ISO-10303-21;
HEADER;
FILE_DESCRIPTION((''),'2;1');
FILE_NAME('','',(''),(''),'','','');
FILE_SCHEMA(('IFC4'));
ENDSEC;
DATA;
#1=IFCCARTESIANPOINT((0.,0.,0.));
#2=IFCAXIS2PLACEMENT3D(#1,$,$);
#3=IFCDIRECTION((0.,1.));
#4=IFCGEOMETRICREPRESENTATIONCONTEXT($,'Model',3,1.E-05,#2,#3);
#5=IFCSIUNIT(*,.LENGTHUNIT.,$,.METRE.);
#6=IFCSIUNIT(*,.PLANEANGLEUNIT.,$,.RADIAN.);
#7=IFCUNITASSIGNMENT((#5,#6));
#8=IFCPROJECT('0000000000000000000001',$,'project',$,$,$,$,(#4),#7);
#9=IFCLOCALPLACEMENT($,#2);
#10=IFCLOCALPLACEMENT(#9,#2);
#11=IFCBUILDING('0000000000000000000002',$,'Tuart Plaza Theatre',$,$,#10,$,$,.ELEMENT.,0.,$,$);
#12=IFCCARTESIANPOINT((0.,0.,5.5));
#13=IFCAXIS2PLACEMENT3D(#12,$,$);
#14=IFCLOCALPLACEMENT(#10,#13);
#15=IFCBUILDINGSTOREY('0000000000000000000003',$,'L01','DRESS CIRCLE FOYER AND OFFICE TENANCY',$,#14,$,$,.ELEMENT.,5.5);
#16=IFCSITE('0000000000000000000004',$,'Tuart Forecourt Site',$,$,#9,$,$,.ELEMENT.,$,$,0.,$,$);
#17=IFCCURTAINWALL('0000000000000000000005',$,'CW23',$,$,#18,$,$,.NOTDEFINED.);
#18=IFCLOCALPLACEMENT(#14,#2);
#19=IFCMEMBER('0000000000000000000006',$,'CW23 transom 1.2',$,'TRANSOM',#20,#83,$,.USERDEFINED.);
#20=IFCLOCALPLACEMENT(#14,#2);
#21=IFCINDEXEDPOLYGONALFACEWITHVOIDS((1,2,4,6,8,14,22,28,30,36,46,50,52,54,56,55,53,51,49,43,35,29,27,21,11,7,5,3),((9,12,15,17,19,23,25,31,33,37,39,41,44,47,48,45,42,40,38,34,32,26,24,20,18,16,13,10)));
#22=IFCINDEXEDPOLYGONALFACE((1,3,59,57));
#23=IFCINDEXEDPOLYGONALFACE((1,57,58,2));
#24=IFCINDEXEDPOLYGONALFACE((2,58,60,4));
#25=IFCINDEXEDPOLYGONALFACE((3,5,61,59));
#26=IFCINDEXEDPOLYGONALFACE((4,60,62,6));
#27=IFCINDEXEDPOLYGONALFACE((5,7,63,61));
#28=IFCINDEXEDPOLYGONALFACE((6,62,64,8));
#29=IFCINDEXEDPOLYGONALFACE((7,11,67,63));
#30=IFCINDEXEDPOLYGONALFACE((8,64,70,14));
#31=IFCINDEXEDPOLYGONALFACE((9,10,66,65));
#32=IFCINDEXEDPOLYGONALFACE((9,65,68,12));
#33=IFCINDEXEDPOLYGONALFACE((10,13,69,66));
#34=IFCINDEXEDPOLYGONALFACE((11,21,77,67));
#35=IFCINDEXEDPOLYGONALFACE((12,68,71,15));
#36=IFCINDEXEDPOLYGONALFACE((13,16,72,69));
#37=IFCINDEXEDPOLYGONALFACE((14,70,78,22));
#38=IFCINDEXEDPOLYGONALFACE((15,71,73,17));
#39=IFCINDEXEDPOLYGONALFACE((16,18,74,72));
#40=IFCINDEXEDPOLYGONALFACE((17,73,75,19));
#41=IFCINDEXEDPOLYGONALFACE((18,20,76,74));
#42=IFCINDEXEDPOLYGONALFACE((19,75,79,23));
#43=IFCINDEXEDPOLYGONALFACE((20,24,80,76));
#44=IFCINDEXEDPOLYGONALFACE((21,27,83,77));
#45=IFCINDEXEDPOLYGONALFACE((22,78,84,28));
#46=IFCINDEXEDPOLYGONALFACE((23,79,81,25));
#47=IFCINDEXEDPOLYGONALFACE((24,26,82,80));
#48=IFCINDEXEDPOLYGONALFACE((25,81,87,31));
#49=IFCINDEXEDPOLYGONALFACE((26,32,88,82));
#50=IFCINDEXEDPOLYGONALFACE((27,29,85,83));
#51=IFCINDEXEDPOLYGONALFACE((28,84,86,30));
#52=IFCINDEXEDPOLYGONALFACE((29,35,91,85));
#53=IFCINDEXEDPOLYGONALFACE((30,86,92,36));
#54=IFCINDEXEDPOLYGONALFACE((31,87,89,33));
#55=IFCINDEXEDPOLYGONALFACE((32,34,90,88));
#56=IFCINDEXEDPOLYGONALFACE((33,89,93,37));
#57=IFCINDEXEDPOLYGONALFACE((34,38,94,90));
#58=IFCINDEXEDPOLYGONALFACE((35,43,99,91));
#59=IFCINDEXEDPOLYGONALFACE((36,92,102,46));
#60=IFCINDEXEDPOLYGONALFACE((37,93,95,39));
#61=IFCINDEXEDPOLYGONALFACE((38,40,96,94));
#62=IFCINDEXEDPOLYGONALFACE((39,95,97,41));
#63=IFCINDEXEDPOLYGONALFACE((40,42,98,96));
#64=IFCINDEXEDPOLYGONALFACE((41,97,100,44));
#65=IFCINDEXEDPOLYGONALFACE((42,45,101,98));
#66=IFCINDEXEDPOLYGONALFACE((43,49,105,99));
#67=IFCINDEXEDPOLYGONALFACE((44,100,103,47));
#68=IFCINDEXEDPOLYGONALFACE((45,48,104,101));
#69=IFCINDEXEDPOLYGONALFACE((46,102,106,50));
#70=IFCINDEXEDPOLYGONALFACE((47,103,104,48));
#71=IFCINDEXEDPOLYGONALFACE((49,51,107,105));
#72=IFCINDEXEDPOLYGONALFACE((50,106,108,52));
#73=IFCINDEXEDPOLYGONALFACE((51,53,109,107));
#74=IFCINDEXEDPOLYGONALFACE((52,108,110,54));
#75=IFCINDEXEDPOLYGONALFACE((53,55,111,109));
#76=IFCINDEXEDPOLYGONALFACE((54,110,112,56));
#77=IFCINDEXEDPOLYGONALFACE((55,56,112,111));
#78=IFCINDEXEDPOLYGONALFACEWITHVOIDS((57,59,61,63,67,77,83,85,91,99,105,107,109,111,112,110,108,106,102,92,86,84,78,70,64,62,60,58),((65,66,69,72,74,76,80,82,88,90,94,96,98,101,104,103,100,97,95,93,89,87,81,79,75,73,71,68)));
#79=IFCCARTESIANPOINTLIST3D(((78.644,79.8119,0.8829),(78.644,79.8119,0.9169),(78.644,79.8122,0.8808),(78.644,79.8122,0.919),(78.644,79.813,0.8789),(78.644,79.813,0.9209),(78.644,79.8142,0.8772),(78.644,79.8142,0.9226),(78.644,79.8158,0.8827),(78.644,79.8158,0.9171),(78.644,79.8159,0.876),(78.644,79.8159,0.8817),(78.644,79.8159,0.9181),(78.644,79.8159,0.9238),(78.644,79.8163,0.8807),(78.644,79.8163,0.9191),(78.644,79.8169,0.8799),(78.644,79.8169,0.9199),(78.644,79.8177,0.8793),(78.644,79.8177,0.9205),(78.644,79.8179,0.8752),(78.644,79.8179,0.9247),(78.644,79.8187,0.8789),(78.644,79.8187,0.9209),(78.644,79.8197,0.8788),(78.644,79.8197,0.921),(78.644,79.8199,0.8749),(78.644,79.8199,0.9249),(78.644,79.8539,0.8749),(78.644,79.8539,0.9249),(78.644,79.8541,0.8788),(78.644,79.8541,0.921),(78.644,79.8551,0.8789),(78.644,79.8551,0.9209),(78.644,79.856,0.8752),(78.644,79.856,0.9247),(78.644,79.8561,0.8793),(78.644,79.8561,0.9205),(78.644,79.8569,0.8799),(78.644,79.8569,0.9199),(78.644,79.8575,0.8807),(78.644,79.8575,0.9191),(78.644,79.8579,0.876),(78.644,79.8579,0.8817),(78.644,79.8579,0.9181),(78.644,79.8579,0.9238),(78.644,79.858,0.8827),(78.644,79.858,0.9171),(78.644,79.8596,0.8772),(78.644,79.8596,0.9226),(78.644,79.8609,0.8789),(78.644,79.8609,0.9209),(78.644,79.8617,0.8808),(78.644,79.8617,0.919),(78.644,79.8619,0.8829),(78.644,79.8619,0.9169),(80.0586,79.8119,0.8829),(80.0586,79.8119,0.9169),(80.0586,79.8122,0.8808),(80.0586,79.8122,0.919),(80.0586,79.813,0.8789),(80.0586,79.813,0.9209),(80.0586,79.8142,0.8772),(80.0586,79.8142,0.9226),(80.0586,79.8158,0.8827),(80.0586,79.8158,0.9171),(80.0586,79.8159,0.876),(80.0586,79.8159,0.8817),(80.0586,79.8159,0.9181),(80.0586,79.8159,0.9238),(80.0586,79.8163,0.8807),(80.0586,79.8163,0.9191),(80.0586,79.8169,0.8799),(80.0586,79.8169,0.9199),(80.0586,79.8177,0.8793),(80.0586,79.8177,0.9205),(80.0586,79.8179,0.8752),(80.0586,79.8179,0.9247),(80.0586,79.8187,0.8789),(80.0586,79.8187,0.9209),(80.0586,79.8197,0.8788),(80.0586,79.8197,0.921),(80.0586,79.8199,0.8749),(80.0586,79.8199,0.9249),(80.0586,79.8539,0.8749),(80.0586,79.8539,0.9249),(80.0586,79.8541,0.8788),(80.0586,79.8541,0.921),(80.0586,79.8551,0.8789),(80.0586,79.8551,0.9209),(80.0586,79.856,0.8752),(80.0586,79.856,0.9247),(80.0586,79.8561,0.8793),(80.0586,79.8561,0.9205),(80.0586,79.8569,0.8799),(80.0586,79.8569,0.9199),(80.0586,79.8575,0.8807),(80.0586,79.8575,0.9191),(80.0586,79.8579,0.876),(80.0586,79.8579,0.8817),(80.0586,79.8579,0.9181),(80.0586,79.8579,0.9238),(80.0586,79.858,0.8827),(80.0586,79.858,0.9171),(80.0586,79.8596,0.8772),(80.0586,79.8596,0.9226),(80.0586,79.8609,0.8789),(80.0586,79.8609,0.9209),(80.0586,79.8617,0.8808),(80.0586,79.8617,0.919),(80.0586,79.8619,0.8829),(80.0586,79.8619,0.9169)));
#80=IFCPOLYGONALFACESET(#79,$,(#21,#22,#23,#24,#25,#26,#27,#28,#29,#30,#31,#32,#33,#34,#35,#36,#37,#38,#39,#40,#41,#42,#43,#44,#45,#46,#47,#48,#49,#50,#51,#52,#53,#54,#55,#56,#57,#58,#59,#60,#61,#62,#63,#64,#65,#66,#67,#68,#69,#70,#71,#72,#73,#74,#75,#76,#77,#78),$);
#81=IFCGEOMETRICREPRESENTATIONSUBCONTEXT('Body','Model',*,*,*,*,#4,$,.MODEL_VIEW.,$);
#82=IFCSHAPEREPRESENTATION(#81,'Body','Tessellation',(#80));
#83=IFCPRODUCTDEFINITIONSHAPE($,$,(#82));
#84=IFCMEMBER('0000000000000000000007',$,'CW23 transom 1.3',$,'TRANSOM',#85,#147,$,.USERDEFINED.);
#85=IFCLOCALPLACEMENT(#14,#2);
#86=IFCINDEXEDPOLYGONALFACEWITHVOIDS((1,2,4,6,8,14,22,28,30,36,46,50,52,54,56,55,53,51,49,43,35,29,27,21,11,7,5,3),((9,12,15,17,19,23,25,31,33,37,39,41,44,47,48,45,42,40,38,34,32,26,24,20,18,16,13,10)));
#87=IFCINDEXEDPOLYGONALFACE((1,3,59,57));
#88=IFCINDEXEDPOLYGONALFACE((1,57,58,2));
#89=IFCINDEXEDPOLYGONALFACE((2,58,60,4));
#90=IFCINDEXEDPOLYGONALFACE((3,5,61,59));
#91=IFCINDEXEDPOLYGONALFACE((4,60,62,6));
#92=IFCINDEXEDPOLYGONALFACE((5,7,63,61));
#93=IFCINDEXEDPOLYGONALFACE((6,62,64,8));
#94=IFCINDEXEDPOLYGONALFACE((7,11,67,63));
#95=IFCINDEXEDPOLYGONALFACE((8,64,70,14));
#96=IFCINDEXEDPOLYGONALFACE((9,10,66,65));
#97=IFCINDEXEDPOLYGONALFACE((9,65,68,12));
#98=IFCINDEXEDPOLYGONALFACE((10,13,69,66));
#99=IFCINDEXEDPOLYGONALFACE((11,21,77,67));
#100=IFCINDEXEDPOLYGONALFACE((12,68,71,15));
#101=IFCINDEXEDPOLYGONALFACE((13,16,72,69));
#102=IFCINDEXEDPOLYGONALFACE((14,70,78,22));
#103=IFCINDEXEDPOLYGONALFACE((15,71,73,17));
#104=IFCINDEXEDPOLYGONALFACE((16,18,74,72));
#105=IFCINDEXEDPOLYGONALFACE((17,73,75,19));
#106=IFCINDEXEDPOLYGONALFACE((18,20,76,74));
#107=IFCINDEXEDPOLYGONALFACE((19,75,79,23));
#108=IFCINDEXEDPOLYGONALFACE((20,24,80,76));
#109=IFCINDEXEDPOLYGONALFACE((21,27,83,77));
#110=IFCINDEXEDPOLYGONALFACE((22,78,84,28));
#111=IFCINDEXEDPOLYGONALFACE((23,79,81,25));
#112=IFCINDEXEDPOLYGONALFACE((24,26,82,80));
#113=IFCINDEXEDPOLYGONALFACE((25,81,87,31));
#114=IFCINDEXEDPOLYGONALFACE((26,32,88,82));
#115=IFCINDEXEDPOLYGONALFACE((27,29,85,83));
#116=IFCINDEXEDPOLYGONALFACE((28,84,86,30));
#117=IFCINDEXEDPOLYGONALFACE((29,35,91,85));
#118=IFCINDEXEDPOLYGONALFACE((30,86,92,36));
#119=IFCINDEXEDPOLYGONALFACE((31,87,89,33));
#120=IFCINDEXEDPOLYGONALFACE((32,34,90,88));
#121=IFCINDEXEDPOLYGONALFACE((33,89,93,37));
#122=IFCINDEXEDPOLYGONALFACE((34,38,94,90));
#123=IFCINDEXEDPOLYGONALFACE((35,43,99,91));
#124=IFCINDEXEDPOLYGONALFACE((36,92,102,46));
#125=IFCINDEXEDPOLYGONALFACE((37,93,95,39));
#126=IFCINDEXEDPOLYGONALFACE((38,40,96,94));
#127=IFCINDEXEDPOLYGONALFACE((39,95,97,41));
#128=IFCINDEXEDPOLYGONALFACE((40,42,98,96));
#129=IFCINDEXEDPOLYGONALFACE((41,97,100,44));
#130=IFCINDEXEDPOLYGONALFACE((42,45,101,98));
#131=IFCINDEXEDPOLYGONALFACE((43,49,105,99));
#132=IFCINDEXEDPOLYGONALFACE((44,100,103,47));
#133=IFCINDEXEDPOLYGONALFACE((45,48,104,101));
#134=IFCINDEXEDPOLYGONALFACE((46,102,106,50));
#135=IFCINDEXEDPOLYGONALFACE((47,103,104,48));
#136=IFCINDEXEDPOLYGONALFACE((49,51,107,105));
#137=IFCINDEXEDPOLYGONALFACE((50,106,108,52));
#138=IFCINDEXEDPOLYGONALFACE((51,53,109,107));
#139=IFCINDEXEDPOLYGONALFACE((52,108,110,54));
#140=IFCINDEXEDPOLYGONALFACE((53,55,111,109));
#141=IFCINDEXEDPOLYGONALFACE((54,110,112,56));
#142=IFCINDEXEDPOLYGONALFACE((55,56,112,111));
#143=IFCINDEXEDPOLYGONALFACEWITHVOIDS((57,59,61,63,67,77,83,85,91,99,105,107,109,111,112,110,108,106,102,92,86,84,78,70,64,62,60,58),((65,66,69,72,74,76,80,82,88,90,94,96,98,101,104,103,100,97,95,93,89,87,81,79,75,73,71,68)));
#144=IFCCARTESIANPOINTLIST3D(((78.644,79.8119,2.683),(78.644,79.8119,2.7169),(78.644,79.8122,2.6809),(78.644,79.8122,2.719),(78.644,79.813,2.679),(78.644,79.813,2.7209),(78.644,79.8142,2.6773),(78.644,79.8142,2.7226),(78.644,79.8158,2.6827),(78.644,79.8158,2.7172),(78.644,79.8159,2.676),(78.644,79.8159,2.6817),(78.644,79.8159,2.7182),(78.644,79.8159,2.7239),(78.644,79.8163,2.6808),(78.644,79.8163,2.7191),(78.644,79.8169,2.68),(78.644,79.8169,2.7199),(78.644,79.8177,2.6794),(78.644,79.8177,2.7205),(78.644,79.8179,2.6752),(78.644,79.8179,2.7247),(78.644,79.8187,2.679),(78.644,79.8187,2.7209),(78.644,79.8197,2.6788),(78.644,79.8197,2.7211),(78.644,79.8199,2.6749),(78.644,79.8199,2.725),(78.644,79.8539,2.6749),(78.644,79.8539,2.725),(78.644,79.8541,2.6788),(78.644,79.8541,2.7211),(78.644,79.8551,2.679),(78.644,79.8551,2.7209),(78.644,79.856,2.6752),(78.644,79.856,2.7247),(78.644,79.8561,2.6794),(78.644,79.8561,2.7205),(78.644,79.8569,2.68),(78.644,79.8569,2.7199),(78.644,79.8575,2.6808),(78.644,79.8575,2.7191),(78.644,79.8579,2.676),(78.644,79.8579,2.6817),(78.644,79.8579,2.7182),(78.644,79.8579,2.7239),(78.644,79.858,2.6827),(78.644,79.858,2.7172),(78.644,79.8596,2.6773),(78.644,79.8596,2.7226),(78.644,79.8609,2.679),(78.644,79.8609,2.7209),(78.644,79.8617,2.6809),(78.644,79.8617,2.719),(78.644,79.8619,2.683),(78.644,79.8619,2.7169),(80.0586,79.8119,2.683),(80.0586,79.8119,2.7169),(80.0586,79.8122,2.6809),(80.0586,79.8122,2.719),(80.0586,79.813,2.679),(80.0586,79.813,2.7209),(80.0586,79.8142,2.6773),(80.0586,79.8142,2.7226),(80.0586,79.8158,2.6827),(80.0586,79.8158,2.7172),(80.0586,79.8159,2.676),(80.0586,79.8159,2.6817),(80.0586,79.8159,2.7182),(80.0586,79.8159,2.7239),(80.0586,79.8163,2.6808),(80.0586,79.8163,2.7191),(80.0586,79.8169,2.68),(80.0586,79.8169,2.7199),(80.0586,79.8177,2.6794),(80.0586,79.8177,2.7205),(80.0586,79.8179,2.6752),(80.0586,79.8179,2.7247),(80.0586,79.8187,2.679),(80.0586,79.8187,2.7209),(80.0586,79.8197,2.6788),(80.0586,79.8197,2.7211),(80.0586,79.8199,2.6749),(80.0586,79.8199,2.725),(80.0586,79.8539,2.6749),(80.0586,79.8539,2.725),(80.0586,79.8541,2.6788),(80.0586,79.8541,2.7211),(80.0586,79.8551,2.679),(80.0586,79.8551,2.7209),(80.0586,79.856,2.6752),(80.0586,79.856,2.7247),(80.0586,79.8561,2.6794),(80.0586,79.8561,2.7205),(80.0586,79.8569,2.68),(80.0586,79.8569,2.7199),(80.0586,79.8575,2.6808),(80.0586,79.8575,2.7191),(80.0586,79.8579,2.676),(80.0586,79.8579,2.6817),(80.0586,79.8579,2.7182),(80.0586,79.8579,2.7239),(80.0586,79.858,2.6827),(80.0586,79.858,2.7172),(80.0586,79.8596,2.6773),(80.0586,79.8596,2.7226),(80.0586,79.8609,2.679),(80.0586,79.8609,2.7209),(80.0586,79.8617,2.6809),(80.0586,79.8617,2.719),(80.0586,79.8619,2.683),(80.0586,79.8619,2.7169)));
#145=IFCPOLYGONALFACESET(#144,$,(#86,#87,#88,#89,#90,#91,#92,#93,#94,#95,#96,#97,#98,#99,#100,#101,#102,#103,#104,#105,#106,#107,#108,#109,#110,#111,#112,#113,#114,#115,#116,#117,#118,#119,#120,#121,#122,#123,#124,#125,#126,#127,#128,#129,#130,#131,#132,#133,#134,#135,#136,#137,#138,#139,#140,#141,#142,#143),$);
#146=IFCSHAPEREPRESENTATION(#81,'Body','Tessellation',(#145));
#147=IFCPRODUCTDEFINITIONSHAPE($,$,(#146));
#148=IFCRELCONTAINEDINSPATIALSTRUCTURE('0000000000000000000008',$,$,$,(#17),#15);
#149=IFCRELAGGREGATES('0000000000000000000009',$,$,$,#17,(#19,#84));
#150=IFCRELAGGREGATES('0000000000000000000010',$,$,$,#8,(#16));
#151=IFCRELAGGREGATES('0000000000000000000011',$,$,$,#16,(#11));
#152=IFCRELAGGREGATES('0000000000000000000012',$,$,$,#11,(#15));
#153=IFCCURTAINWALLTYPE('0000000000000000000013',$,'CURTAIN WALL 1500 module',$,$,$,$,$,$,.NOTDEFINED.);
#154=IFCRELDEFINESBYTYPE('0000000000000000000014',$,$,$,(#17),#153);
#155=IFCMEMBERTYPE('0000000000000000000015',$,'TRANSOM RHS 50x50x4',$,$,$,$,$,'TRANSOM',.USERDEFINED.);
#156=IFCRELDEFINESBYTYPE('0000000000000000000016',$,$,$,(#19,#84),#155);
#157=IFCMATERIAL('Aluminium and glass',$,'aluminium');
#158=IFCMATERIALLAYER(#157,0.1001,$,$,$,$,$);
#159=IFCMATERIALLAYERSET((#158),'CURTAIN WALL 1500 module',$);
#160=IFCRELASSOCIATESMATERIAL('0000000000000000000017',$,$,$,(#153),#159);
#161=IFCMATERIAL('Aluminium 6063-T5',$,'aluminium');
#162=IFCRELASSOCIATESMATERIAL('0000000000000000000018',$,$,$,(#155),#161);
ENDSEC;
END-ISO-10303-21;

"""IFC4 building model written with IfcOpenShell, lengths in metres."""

from ifc_helpers import new_model, si_unit, direction, frame, origin, origin_2d, place, context, subcontext, project, spatial, hollow_rectangle, extrude, material, layer, layer_set, material_profile, profile_set, type_object, element, aggregate, save


model = new_model("IFC4")

# Units and contexts
model_context = context("Model", 3, precision=1e-05, world=origin(), true_north=direction((0.0, 1.0)))
body_context = subcontext(model_context, "Body", "Model", "MODEL_VIEW")
ifc_project = project(units=[si_unit("LENGTHUNIT", "METRE"), si_unit("PLANEANGLEUNIT", "RADIAN")], contexts=[model_context])

# Site, building, storey
site_placement = place(None, origin())
site = spatial("IfcSite", under=ifc_project, at=site_placement, Name="Tuart Forecourt Site", CompositionType="ELEMENT", RefElevation=0.0)
building_placement = place(site_placement, origin())
building = spatial("IfcBuilding", under=site, at=building_placement, Name="Tuart Plaza Theatre", CompositionType="ELEMENT", ElevationOfRefHeight=0.0)
storey_placement = place(building_placement, frame((0.0, 0.0, 5.5)))
storey = spatial("IfcBuildingStorey", under=building, at=storey_placement, Name="L01", Description="DRESS CIRCLE FOYER AND OFFICE TENANCY", CompositionType="ELEMENT", Elevation=5.5)

# Curtain wall, members
ifc_material_1 = material(Name="Aluminium and glass", Category="aluminium")
ifc_layer_1 = layer(ifc_material_1, 0.1001)
ifc_layer_set_1 = layer_set([ifc_layer_1], Name="CURTAIN WALL 1500 module")
curtain_wall_type = type_object("IfcCurtainWallType", Name="CURTAIN WALL 1500 module", PredefinedType="NOTDEFINED", material=ifc_layer_set_1)
curtain_wall_placement = place(storey_placement, origin())
curtain_wall = element("IfcCurtainWall", 1, at=curtain_wall_placement, inside=storey, type_object=curtain_wall_type, Name="CW23", PredefinedType="NOTDEFINED")
ifc_material_2 = material(Name="Aluminium 6063-T5", Category="aluminium")
ifc_material_profile_1 = material_profile(ifc_material_2, hollow_rectangle(XDim=0.05, YDim=0.05, WallThickness=0.0039, InnerFilletRadius=0.0039, OuterFilletRadius=0.0081, at=origin_2d()), Name="RHS 50x50x4")
ifc_profile_set_1 = profile_set([ifc_material_profile_1], Name="Aluminium 6063-T5")
member_type_1 = type_object("IfcMemberType", Name="TRANSOM RHS 50x50x4", ElementType="TRANSOM", PredefinedType="USERDEFINED", material=ifc_profile_set_1)
member_1_placement = place(storey_placement, frame((78.644, 79.8369, 0.8999), z_axis=(1.0, 0.0, 0.0), x_axis=(0.0, 1.0, 0.0)))
member_1 = element("IfcMember", 2, at=member_1_placement, type_object=member_type_1, Name="CW23 transom 1.2", ObjectType="TRANSOM", PredefinedType="USERDEFINED", context=body_context, shape_type="SweptSolid", body=[
    extrude(hollow_rectangle(XDim=0.05, YDim=0.05, WallThickness=0.0039, InnerFilletRadius=0.0039, OuterFilletRadius=0.0081, at=origin_2d()), origin(), (0.0, 0.0, 1.0), 1.4146),
])
member_2_placement = place(storey_placement, frame((78.644, 79.8369, 2.7), z_axis=(1.0, 0.0, 0.0), x_axis=(0.0, 1.0, 0.0)))
member_2 = element("IfcMember", 3, at=member_2_placement, type_object=member_type_1, Name="CW23 transom 1.3", ObjectType="TRANSOM", PredefinedType="USERDEFINED", context=body_context, shape_type="SweptSolid", body=[
    extrude(hollow_rectangle(XDim=0.05, YDim=0.05, WallThickness=0.0039, InnerFilletRadius=0.0039, OuterFilletRadius=0.0081, at=origin_2d()), origin(), (0.0, 0.0, 1.0), 1.4146),
])
aggregate(curtain_wall, [member_1, member_2])

save(model, "model.ifc")
